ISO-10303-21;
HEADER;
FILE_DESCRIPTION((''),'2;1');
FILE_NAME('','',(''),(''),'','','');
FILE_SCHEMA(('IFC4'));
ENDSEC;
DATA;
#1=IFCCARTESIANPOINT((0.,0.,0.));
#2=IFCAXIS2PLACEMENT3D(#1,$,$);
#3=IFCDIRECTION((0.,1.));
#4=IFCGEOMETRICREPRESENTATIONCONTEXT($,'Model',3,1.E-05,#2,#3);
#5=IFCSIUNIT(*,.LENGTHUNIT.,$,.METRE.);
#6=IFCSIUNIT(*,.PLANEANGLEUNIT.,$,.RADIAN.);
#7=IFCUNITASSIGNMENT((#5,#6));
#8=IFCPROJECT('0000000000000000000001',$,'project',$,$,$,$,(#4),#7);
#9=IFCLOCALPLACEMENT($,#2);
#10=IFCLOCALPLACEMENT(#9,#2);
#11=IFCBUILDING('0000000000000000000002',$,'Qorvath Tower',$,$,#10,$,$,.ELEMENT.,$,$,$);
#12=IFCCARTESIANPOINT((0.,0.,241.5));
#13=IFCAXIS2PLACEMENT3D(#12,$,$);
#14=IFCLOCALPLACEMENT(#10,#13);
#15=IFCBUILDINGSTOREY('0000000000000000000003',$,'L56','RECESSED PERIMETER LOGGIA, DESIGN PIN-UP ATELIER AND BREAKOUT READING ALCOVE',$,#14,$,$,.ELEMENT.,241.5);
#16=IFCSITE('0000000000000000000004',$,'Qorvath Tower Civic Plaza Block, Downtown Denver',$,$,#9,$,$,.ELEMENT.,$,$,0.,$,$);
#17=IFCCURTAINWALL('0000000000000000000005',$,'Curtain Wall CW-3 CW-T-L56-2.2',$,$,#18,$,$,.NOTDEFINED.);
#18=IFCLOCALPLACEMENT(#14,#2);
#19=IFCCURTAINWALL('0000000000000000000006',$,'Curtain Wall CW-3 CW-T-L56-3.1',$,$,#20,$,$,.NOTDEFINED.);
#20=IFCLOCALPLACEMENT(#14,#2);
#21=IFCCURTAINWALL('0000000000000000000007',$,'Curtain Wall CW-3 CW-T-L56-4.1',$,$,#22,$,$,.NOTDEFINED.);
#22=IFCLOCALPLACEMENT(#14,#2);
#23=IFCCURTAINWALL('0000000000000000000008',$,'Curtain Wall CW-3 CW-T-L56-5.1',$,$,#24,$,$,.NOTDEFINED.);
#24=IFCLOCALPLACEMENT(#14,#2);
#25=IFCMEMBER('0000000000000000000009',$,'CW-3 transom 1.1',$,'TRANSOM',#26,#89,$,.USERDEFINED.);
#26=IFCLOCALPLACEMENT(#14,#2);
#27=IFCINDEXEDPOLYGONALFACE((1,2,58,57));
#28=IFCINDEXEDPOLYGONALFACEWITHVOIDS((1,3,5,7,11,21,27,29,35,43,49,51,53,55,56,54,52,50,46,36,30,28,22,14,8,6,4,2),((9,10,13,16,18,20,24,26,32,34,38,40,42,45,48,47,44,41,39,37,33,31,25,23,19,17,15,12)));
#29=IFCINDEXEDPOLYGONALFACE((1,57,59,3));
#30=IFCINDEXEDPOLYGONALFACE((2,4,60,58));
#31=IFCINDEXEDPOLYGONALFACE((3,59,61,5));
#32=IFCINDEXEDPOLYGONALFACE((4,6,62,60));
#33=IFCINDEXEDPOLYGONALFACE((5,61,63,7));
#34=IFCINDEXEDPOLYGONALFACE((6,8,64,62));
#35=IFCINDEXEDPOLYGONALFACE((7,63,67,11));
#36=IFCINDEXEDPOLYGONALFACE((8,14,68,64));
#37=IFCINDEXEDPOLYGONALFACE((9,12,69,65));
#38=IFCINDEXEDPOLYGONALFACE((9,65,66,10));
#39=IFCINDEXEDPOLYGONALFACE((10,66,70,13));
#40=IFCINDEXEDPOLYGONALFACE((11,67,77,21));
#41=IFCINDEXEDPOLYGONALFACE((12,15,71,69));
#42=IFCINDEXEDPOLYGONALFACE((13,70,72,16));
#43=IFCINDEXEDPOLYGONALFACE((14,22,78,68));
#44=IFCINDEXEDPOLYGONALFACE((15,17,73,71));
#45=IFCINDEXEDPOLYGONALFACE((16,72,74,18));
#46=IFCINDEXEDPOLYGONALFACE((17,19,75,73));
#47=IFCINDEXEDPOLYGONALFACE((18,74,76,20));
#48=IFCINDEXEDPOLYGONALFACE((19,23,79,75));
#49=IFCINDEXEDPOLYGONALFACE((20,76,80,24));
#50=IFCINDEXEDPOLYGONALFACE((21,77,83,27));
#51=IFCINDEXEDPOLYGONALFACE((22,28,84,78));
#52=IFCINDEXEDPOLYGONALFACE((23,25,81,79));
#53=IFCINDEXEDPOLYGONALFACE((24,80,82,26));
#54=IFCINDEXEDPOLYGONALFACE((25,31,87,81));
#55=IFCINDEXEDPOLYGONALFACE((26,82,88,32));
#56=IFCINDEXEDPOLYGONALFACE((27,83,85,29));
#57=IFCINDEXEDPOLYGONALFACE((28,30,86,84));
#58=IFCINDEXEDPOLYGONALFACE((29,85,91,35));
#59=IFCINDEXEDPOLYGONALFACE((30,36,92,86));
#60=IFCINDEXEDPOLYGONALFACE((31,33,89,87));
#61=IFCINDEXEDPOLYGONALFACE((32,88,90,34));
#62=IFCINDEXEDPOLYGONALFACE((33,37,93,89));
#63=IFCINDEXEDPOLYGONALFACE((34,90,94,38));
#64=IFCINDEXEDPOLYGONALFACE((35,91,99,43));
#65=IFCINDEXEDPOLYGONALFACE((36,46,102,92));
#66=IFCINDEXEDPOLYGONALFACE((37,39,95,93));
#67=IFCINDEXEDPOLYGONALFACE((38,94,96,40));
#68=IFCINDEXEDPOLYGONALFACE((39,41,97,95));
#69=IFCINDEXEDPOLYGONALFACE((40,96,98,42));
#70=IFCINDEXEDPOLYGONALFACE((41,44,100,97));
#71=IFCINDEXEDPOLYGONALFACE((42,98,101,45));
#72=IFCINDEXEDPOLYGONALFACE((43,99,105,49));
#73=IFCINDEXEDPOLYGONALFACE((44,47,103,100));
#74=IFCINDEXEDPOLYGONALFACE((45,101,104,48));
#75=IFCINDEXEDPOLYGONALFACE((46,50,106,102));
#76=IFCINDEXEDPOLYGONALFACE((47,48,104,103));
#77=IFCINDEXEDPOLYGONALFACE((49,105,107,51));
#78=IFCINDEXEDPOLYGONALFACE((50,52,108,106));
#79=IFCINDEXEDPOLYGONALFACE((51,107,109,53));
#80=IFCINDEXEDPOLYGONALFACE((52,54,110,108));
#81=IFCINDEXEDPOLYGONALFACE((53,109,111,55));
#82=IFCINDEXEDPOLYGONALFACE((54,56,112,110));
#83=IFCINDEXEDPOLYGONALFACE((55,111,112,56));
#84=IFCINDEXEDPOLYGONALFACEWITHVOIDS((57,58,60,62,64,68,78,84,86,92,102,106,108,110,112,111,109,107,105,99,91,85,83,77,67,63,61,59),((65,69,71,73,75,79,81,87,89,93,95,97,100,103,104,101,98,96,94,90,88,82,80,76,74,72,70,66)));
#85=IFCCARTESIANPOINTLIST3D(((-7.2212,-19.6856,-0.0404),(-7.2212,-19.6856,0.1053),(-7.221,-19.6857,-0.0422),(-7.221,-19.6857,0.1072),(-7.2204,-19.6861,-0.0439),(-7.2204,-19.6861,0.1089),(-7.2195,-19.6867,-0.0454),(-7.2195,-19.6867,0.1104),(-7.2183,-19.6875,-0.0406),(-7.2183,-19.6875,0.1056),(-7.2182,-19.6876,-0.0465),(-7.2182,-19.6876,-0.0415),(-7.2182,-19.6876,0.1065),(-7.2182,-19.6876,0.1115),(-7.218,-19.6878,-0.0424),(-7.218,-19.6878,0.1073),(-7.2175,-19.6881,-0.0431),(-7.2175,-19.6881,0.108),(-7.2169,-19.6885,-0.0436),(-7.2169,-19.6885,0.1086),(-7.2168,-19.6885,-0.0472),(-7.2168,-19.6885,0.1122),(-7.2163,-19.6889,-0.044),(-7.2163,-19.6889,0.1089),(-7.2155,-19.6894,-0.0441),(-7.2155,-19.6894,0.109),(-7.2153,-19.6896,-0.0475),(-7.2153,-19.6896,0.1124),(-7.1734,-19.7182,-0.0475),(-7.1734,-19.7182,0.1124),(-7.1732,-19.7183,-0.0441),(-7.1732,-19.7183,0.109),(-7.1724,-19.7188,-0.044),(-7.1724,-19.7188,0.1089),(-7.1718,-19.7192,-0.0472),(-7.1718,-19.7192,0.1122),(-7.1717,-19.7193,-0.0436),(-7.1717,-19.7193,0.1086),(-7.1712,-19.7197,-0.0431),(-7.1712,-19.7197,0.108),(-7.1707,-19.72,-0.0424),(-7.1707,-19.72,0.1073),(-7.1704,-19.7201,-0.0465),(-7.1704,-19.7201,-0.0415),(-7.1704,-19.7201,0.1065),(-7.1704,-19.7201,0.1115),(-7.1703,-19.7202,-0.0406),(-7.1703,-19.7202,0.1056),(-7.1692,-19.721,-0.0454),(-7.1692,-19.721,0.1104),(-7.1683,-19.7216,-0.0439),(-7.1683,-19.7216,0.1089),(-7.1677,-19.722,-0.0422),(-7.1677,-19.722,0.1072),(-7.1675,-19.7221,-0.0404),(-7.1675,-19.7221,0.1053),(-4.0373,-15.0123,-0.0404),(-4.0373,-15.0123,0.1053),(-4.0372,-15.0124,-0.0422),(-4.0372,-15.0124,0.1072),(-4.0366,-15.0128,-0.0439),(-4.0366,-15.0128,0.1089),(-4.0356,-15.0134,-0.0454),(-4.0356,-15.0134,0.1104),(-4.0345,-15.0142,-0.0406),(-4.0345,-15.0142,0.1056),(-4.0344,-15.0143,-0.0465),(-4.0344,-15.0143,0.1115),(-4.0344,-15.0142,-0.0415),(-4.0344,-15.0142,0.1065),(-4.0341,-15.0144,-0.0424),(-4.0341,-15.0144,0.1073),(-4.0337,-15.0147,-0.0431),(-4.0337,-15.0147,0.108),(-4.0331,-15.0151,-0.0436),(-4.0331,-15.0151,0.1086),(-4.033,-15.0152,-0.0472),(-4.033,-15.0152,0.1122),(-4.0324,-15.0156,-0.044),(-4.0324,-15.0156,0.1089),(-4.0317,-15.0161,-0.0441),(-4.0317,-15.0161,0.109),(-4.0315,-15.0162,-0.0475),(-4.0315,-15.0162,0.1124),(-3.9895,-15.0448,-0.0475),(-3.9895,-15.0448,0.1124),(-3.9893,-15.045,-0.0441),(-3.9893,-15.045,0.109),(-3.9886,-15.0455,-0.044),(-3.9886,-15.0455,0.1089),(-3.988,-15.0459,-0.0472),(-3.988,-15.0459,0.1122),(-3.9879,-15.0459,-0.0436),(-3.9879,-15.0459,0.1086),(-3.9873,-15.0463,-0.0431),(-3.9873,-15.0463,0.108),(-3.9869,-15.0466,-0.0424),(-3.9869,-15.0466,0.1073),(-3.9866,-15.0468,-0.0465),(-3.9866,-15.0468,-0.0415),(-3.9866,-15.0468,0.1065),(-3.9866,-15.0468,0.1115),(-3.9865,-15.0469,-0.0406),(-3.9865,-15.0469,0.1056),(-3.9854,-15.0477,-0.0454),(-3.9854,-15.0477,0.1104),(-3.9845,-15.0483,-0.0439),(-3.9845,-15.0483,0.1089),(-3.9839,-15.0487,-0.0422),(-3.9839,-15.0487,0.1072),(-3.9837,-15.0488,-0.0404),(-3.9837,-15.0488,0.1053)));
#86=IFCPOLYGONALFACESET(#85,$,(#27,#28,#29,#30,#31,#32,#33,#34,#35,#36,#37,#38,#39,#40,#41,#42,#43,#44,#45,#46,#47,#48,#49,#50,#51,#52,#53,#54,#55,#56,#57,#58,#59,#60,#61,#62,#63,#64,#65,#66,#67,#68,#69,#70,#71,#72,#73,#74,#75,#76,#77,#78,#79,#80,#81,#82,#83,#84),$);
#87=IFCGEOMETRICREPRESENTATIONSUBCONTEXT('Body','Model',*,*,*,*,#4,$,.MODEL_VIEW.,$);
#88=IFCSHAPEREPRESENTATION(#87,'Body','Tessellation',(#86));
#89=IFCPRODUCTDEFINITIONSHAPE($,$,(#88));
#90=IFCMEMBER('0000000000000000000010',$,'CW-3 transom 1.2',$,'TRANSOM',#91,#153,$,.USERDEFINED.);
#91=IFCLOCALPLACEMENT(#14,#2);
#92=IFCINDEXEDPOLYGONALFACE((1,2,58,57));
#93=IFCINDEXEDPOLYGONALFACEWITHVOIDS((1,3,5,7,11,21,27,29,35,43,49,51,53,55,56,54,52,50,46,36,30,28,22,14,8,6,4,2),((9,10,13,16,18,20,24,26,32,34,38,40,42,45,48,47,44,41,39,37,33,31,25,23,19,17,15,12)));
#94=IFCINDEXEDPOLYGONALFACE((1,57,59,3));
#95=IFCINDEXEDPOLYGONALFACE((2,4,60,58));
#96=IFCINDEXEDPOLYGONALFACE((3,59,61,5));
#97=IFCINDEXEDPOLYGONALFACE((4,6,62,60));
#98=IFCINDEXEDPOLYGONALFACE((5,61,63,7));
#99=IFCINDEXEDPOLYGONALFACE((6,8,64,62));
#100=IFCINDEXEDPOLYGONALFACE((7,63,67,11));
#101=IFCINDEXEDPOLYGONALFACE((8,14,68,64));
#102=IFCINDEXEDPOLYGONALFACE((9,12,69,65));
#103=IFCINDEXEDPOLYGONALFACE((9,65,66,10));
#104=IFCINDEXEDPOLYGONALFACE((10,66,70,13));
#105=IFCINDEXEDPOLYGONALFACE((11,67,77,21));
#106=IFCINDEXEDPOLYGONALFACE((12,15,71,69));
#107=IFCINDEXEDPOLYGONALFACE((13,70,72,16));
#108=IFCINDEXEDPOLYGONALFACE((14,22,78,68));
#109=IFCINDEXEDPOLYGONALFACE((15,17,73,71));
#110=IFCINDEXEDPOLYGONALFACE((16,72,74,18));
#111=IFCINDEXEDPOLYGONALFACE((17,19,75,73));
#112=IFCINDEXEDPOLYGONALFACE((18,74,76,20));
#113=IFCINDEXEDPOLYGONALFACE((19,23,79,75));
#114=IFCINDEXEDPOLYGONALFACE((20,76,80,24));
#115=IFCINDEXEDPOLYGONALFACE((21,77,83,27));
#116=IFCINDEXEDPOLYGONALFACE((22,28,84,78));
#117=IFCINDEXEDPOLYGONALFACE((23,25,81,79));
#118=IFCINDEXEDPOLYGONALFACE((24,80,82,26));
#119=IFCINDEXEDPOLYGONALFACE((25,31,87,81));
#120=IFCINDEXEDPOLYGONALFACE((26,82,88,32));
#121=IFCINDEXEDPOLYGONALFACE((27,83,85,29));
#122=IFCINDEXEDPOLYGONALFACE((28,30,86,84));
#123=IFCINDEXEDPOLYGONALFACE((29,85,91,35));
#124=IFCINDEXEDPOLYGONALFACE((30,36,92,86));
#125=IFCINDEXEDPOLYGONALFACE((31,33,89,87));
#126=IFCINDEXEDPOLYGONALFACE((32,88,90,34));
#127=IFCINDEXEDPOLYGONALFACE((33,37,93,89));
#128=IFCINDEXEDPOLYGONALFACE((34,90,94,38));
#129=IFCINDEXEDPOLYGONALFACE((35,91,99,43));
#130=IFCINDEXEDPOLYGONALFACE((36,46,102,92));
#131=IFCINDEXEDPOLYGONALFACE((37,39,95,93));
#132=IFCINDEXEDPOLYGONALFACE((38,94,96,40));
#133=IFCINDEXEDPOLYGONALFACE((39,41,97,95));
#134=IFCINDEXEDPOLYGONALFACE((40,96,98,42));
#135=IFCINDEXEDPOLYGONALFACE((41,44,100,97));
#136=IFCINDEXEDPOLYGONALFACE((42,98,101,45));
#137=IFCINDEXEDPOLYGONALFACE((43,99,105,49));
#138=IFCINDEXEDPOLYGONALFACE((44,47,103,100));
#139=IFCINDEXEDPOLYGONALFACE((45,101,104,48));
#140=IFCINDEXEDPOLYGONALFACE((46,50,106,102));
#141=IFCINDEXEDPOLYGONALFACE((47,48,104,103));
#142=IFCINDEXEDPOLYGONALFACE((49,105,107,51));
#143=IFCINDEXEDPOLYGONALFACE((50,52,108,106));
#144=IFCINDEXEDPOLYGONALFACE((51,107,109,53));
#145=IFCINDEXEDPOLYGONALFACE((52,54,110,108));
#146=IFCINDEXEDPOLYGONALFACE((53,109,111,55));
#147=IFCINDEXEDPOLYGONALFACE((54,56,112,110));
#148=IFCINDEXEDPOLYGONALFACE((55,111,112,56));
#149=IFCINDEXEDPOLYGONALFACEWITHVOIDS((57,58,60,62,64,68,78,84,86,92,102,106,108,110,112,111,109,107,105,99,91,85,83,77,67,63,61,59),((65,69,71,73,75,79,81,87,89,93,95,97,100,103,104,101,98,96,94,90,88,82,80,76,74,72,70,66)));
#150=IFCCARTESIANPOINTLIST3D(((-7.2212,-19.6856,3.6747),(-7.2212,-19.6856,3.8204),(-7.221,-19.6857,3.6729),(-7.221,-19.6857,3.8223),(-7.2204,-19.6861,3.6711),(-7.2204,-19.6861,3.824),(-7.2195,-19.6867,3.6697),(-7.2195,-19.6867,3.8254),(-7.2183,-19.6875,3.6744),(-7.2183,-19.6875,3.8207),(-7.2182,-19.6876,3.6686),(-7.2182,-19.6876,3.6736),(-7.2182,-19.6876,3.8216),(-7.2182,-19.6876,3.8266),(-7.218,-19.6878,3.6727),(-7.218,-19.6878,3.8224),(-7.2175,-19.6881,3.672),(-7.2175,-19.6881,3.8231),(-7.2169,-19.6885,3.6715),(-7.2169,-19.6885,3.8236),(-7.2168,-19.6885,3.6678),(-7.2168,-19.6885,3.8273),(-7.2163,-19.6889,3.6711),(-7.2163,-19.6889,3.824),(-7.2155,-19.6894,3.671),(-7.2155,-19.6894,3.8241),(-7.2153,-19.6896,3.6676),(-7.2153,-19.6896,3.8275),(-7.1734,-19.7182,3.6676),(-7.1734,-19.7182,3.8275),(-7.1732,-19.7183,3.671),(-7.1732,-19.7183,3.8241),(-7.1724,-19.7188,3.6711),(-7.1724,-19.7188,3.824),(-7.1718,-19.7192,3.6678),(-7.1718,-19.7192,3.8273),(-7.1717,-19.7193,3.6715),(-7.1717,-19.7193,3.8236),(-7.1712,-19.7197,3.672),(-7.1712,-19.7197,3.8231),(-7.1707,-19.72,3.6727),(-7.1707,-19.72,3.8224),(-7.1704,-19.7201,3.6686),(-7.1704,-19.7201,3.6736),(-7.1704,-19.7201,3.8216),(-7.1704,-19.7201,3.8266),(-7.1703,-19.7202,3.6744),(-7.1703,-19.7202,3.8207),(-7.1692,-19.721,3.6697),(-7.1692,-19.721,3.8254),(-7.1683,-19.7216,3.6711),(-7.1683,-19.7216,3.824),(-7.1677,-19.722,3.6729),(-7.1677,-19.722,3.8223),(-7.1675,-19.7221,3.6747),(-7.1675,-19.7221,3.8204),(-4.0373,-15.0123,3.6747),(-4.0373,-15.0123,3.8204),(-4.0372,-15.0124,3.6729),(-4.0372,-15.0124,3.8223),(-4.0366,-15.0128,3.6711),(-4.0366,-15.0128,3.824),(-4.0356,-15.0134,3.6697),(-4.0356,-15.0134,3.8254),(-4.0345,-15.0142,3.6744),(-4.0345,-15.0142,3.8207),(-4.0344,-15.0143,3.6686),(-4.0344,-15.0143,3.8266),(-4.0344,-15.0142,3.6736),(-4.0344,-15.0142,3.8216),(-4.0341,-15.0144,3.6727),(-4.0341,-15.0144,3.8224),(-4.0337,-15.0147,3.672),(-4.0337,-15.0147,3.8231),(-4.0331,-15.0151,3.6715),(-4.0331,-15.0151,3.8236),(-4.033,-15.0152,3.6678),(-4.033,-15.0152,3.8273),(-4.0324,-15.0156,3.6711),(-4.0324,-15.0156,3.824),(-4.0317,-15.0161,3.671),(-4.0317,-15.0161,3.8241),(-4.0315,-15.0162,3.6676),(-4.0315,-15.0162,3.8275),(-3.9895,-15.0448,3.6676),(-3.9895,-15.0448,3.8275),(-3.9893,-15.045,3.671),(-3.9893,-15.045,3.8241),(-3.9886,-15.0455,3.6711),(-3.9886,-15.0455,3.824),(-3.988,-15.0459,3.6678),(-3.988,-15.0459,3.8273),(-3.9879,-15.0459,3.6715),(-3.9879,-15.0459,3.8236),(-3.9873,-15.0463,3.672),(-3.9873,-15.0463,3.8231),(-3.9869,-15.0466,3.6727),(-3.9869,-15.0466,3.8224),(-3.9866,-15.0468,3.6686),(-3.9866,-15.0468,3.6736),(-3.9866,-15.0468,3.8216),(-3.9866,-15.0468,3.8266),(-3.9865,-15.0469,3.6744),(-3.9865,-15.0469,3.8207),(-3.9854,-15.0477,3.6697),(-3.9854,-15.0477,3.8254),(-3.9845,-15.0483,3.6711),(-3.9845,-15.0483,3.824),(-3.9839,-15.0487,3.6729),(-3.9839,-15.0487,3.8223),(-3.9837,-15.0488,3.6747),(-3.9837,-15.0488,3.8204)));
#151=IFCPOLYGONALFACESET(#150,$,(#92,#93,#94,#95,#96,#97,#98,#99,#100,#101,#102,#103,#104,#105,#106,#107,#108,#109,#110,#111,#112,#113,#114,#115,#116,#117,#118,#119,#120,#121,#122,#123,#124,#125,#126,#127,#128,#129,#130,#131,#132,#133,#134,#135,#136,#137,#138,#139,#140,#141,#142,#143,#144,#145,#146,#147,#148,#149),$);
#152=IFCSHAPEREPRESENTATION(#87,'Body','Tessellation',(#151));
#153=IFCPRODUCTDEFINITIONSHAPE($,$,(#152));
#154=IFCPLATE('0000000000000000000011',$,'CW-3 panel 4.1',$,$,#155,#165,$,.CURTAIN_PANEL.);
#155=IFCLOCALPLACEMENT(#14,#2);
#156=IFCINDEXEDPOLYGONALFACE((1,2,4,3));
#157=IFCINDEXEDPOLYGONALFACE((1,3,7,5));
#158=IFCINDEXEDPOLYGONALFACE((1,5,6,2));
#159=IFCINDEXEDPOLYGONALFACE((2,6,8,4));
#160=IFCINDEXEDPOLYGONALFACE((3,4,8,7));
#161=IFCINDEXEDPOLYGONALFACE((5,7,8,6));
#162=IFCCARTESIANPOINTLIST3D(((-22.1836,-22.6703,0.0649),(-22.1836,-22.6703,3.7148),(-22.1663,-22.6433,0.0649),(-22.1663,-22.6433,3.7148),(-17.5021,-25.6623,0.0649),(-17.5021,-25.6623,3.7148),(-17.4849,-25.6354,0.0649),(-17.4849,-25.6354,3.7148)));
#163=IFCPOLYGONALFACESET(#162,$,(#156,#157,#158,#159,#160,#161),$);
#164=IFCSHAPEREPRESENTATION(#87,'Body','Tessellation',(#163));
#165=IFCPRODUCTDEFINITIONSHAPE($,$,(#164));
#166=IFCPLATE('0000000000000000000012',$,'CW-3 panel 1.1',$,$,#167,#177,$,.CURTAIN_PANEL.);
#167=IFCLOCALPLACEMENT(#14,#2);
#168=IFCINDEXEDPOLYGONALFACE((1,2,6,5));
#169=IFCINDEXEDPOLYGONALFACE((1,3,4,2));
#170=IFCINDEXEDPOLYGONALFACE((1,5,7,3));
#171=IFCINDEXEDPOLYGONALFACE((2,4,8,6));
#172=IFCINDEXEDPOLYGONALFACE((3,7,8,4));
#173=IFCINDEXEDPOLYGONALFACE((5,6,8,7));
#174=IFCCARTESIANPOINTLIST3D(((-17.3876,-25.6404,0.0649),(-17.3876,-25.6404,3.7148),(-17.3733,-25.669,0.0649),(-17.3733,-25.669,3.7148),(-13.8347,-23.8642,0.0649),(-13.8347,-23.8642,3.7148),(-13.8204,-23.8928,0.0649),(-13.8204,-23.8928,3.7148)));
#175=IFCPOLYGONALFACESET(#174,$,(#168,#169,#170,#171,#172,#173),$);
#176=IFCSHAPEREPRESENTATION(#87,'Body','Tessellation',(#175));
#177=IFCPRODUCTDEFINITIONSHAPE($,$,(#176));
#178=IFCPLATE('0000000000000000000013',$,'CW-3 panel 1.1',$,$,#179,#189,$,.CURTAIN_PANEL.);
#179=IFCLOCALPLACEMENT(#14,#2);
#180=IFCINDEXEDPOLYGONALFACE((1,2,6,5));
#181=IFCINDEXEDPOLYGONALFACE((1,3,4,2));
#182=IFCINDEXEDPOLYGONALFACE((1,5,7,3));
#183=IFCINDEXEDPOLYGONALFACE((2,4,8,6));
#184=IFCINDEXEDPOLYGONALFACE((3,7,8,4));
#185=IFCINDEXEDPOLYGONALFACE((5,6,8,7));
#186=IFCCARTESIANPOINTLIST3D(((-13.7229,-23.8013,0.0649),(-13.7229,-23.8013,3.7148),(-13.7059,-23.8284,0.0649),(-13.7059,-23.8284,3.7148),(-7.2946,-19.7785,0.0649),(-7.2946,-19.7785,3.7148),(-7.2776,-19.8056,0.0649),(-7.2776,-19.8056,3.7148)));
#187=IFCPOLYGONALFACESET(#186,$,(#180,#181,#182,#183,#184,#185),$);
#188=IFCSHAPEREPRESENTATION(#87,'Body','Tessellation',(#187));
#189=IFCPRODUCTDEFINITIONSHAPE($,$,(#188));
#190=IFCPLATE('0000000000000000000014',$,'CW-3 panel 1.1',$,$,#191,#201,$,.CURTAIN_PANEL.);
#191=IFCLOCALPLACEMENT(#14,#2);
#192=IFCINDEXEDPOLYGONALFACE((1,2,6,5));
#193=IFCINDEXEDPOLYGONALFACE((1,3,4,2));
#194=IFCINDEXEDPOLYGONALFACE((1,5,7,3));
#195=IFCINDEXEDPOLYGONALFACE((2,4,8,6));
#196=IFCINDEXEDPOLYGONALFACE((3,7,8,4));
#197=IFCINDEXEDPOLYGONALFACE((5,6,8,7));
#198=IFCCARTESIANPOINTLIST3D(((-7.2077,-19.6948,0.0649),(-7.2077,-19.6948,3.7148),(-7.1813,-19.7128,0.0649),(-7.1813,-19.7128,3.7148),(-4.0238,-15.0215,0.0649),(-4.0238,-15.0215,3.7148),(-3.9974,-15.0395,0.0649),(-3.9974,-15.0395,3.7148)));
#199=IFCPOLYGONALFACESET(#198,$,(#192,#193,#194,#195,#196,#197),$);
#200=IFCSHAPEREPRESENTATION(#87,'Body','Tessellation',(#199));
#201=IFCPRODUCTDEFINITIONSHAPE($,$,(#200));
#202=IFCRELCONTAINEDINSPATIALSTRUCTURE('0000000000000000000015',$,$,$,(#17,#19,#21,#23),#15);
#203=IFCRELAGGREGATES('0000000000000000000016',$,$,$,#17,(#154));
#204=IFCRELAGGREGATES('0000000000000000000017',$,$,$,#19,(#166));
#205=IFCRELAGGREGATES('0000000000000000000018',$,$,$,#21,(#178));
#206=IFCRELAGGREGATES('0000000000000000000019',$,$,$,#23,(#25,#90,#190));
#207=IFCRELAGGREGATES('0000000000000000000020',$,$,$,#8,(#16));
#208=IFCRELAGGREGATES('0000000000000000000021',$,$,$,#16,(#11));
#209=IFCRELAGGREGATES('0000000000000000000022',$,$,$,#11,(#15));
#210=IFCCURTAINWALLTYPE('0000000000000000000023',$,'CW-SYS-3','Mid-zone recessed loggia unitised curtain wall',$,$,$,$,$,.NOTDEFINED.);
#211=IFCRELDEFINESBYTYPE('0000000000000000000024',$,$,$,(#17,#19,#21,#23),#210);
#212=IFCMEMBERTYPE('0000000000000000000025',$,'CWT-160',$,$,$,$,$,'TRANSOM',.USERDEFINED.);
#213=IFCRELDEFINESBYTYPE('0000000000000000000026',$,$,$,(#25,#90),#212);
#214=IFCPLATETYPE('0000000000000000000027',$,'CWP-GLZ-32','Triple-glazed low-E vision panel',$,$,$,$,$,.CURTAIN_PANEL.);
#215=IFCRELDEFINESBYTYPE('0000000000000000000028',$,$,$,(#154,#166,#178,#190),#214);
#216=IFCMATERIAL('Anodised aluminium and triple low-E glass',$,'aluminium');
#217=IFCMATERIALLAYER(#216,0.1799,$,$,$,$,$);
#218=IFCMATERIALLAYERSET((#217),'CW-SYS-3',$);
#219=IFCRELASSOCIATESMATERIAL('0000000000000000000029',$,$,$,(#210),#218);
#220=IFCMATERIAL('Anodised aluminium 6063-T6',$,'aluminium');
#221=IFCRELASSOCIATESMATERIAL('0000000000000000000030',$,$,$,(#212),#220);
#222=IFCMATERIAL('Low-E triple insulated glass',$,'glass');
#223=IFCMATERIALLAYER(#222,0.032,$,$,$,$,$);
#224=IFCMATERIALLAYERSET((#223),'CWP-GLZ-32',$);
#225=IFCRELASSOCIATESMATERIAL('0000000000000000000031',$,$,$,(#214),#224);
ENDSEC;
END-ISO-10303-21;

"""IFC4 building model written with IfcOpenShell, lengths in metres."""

from ifc_helpers import new_model, si_unit, direction, frame, origin, origin_2d, place, context, subcontext, project, spatial, rectangle, hollow_rectangle, extrude, material, layer, layer_set, material_profile, profile_set, type_object, element, aggregate, save


model = new_model("IFC4")

# Units and contexts
model_context = context("Model", 3, precision=1e-05, world=origin(), true_north=direction((0.0, 1.0)))
body_context = subcontext(model_context, "Body", "Model", "MODEL_VIEW")
ifc_project = project(units=[si_unit("LENGTHUNIT", "METRE"), si_unit("PLANEANGLEUNIT", "RADIAN")], contexts=[model_context])

# Site, building, storey
site_placement = place(None, origin())
site = spatial("IfcSite", under=ifc_project, at=site_placement, Name="Qorvath Tower Civic Plaza Block, Downtown Denver", CompositionType="ELEMENT", RefElevation=0.0)
building_placement = place(site_placement, origin())
building = spatial("IfcBuilding", under=site, at=building_placement, Name="Qorvath Tower", CompositionType="ELEMENT")
storey_placement = place(building_placement, frame((0.0, 0.0, 241.5)))
storey = spatial("IfcBuildingStorey", under=building, at=storey_placement, Name="L56", Description="RECESSED PERIMETER LOGGIA, DESIGN PIN-UP ATELIER AND BREAKOUT READING ALCOVE", CompositionType="ELEMENT", Elevation=241.5)

# Curtain wall
ifc_material_1 = material(Name="Anodised aluminium and triple low-E glass", Category="aluminium")
ifc_layer_1 = layer(ifc_material_1, 0.1799)
ifc_layer_set_1 = layer_set([ifc_layer_1], Name="CW-SYS-3")
curtain_wall_type = type_object("IfcCurtainWallType", Name="CW-SYS-3", Description="Mid-zone recessed loggia unitised curtain wall", PredefinedType="NOTDEFINED", material=ifc_layer_set_1)
curtain_wall_1_placement = place(storey_placement, origin())
curtain_wall_1 = element("IfcCurtainWall", 1, at=curtain_wall_1_placement, inside=storey, type_object=curtain_wall_type, Name="Curtain Wall CW-3 CW-T-L56-2.2", PredefinedType="NOTDEFINED")

# Curtain walls
curtain_wall_2_placement = place(storey_placement, origin())
curtain_wall_2 = element("IfcCurtainWall", 2, at=curtain_wall_2_placement, inside=storey, type_object=curtain_wall_type, Name="Curtain Wall CW-3 CW-T-L56-3.1", PredefinedType="NOTDEFINED")
curtain_wall_3_placement = place(storey_placement, origin())
curtain_wall_3 = element("IfcCurtainWall", 3, at=curtain_wall_3_placement, inside=storey, type_object=curtain_wall_type, Name="Curtain Wall CW-3 CW-T-L56-4.1", PredefinedType="NOTDEFINED")
curtain_wall_4_placement = place(storey_placement, origin())
curtain_wall_4 = element("IfcCurtainWall", 4, at=curtain_wall_4_placement, inside=storey, type_object=curtain_wall_type, Name="Curtain Wall CW-3 CW-T-L56-5.1", PredefinedType="NOTDEFINED")

# Members
ifc_material_2 = material(Name="Anodised aluminium 6063-T6", Category="aluminium")
ifc_material_profile_1 = material_profile(ifc_material_2, hollow_rectangle(XDim=0.0649, YDim=0.1599, WallThickness=0.0034, InnerFilletRadius=0.0034, OuterFilletRadius=0.0071, at=origin_2d()), Name="CWT 160x65")
ifc_profile_set_1 = profile_set([ifc_material_profile_1], Name="Anodised aluminium 6063-T6")
member_type_1 = type_object("IfcMemberType", Name="CWT-160", ElementType="TRANSOM", PredefinedType="USERDEFINED", material=ifc_profile_set_1)
member_1_placement = place(storey_placement, frame((-7.1943, -19.7039, 0.0325), z_axis=(0.563031, 0.826436, 0.0), x_axis=(-0.826436, 0.563031, 0.0)))
member_1 = element("IfcMember", 5, at=member_1_placement, type_object=member_type_1, Name="CW-3 transom 1.1", ObjectType="TRANSOM", PredefinedType="USERDEFINED", context=body_context, shape_type="SweptSolid", body=[
    extrude(hollow_rectangle(XDim=0.0649, YDim=0.1599, WallThickness=0.0034, InnerFilletRadius=0.0034, OuterFilletRadius=0.0071, at=origin_2d()), origin(), (0.0, 0.0, 1.0), 5.6548),
])
member_2_placement = place(storey_placement, frame((-7.1943, -19.7039, 3.7476), z_axis=(0.563031, 0.826436, 0.0), x_axis=(-0.826436, 0.563031, 0.0)))
member_2 = element("IfcMember", 6, at=member_2_placement, type_object=member_type_1, Name="CW-3 transom 1.2", ObjectType="TRANSOM", PredefinedType="USERDEFINED", context=body_context, shape_type="SweptSolid", body=[
    extrude(hollow_rectangle(XDim=0.0649, YDim=0.1599, WallThickness=0.0034, InnerFilletRadius=0.0034, OuterFilletRadius=0.0071, at=origin_2d()), origin(), (0.0, 0.0, 1.0), 5.6548),
])

# Plates
ifc_material_3 = material(Name="Low-E triple insulated glass", Category="glass")
ifc_layer_2 = layer(ifc_material_3, 0.032)
ifc_layer_set_2 = layer_set([ifc_layer_2], Name="CWP-GLZ-32")
plate_type = type_object("IfcPlateType", Name="CWP-GLZ-32", Description="Triple-glazed low-E vision panel", PredefinedType="CURTAIN_PANEL", material=ifc_layer_set_2)
plate_1_placement = place(storey_placement, frame((-19.8342, -24.1528, 0.0649), z_axis=(0.0, 0.0, 1.0), x_axis=(0.842606, -0.53853, 0.0)))
plate_1 = element("IfcPlate", 7, at=plate_1_placement, type_object=plate_type, Name="CW-3 panel 4.1", PredefinedType="CURTAIN_PANEL", context=body_context, shape_type="SweptSolid", body=[
    extrude(rectangle(XDim=5.5559, YDim=0.032, at=origin_2d()), origin(), (0.0, 0.0, 1.0), 3.6499),
])
aggregate(curtain_wall_1, [plate_1])
plate_2_placement = place(storey_placement, frame((-15.604, -24.7666, 0.0649), z_axis=(0.0, 0.0, 1.0), x_axis=(0.894447, 0.447175, 0.0)))
plate_2 = element("IfcPlate", 8, at=plate_2_placement, type_object=plate_type, Name="CW-3 panel 1.1", PredefinedType="CURTAIN_PANEL", context=body_context, shape_type="SweptSolid", body=[
    extrude(rectangle(XDim=3.9722, YDim=0.032, at=origin_2d()), origin(), (0.0, 0.0, 1.0), 3.6499),
])
aggregate(curtain_wall_2, [plate_2])
plate_3_placement = place(storey_placement, frame((-10.5002, -21.8035, 0.0649), z_axis=(0.0, 0.0, 1.0), x_axis=(0.847693, 0.530487, 0.0)))
plate_3 = element("IfcPlate", 9, at=plate_3_placement, type_object=plate_type, Name="CW-3 panel 1.1", PredefinedType="CURTAIN_PANEL", context=body_context, shape_type="SweptSolid", body=[
    extrude(rectangle(XDim=7.5833, YDim=0.032, at=origin_2d()), origin(), (0.0, 0.0, 1.0), 3.6499),
])
aggregate(curtain_wall_3, [plate_3])
plate_4_placement = place(storey_placement, frame((-5.6025, -17.3672, 0.0649), z_axis=(0.0, 0.0, 1.0), x_axis=(0.563037, 0.826431, 0.0)))
plate_4 = element("IfcPlate", 10, at=plate_4_placement, type_object=plate_type, Name="CW-3 panel 1.1", PredefinedType="CURTAIN_PANEL", context=body_context, shape_type="SweptSolid", body=[
    extrude(rectangle(XDim=5.6548, YDim=0.032, at=origin_2d()), origin(), (0.0, 0.0, 1.0), 3.6499),
])
aggregate(curtain_wall_4, [member_1, member_2, plate_4])

save(model, "model.ifc")
